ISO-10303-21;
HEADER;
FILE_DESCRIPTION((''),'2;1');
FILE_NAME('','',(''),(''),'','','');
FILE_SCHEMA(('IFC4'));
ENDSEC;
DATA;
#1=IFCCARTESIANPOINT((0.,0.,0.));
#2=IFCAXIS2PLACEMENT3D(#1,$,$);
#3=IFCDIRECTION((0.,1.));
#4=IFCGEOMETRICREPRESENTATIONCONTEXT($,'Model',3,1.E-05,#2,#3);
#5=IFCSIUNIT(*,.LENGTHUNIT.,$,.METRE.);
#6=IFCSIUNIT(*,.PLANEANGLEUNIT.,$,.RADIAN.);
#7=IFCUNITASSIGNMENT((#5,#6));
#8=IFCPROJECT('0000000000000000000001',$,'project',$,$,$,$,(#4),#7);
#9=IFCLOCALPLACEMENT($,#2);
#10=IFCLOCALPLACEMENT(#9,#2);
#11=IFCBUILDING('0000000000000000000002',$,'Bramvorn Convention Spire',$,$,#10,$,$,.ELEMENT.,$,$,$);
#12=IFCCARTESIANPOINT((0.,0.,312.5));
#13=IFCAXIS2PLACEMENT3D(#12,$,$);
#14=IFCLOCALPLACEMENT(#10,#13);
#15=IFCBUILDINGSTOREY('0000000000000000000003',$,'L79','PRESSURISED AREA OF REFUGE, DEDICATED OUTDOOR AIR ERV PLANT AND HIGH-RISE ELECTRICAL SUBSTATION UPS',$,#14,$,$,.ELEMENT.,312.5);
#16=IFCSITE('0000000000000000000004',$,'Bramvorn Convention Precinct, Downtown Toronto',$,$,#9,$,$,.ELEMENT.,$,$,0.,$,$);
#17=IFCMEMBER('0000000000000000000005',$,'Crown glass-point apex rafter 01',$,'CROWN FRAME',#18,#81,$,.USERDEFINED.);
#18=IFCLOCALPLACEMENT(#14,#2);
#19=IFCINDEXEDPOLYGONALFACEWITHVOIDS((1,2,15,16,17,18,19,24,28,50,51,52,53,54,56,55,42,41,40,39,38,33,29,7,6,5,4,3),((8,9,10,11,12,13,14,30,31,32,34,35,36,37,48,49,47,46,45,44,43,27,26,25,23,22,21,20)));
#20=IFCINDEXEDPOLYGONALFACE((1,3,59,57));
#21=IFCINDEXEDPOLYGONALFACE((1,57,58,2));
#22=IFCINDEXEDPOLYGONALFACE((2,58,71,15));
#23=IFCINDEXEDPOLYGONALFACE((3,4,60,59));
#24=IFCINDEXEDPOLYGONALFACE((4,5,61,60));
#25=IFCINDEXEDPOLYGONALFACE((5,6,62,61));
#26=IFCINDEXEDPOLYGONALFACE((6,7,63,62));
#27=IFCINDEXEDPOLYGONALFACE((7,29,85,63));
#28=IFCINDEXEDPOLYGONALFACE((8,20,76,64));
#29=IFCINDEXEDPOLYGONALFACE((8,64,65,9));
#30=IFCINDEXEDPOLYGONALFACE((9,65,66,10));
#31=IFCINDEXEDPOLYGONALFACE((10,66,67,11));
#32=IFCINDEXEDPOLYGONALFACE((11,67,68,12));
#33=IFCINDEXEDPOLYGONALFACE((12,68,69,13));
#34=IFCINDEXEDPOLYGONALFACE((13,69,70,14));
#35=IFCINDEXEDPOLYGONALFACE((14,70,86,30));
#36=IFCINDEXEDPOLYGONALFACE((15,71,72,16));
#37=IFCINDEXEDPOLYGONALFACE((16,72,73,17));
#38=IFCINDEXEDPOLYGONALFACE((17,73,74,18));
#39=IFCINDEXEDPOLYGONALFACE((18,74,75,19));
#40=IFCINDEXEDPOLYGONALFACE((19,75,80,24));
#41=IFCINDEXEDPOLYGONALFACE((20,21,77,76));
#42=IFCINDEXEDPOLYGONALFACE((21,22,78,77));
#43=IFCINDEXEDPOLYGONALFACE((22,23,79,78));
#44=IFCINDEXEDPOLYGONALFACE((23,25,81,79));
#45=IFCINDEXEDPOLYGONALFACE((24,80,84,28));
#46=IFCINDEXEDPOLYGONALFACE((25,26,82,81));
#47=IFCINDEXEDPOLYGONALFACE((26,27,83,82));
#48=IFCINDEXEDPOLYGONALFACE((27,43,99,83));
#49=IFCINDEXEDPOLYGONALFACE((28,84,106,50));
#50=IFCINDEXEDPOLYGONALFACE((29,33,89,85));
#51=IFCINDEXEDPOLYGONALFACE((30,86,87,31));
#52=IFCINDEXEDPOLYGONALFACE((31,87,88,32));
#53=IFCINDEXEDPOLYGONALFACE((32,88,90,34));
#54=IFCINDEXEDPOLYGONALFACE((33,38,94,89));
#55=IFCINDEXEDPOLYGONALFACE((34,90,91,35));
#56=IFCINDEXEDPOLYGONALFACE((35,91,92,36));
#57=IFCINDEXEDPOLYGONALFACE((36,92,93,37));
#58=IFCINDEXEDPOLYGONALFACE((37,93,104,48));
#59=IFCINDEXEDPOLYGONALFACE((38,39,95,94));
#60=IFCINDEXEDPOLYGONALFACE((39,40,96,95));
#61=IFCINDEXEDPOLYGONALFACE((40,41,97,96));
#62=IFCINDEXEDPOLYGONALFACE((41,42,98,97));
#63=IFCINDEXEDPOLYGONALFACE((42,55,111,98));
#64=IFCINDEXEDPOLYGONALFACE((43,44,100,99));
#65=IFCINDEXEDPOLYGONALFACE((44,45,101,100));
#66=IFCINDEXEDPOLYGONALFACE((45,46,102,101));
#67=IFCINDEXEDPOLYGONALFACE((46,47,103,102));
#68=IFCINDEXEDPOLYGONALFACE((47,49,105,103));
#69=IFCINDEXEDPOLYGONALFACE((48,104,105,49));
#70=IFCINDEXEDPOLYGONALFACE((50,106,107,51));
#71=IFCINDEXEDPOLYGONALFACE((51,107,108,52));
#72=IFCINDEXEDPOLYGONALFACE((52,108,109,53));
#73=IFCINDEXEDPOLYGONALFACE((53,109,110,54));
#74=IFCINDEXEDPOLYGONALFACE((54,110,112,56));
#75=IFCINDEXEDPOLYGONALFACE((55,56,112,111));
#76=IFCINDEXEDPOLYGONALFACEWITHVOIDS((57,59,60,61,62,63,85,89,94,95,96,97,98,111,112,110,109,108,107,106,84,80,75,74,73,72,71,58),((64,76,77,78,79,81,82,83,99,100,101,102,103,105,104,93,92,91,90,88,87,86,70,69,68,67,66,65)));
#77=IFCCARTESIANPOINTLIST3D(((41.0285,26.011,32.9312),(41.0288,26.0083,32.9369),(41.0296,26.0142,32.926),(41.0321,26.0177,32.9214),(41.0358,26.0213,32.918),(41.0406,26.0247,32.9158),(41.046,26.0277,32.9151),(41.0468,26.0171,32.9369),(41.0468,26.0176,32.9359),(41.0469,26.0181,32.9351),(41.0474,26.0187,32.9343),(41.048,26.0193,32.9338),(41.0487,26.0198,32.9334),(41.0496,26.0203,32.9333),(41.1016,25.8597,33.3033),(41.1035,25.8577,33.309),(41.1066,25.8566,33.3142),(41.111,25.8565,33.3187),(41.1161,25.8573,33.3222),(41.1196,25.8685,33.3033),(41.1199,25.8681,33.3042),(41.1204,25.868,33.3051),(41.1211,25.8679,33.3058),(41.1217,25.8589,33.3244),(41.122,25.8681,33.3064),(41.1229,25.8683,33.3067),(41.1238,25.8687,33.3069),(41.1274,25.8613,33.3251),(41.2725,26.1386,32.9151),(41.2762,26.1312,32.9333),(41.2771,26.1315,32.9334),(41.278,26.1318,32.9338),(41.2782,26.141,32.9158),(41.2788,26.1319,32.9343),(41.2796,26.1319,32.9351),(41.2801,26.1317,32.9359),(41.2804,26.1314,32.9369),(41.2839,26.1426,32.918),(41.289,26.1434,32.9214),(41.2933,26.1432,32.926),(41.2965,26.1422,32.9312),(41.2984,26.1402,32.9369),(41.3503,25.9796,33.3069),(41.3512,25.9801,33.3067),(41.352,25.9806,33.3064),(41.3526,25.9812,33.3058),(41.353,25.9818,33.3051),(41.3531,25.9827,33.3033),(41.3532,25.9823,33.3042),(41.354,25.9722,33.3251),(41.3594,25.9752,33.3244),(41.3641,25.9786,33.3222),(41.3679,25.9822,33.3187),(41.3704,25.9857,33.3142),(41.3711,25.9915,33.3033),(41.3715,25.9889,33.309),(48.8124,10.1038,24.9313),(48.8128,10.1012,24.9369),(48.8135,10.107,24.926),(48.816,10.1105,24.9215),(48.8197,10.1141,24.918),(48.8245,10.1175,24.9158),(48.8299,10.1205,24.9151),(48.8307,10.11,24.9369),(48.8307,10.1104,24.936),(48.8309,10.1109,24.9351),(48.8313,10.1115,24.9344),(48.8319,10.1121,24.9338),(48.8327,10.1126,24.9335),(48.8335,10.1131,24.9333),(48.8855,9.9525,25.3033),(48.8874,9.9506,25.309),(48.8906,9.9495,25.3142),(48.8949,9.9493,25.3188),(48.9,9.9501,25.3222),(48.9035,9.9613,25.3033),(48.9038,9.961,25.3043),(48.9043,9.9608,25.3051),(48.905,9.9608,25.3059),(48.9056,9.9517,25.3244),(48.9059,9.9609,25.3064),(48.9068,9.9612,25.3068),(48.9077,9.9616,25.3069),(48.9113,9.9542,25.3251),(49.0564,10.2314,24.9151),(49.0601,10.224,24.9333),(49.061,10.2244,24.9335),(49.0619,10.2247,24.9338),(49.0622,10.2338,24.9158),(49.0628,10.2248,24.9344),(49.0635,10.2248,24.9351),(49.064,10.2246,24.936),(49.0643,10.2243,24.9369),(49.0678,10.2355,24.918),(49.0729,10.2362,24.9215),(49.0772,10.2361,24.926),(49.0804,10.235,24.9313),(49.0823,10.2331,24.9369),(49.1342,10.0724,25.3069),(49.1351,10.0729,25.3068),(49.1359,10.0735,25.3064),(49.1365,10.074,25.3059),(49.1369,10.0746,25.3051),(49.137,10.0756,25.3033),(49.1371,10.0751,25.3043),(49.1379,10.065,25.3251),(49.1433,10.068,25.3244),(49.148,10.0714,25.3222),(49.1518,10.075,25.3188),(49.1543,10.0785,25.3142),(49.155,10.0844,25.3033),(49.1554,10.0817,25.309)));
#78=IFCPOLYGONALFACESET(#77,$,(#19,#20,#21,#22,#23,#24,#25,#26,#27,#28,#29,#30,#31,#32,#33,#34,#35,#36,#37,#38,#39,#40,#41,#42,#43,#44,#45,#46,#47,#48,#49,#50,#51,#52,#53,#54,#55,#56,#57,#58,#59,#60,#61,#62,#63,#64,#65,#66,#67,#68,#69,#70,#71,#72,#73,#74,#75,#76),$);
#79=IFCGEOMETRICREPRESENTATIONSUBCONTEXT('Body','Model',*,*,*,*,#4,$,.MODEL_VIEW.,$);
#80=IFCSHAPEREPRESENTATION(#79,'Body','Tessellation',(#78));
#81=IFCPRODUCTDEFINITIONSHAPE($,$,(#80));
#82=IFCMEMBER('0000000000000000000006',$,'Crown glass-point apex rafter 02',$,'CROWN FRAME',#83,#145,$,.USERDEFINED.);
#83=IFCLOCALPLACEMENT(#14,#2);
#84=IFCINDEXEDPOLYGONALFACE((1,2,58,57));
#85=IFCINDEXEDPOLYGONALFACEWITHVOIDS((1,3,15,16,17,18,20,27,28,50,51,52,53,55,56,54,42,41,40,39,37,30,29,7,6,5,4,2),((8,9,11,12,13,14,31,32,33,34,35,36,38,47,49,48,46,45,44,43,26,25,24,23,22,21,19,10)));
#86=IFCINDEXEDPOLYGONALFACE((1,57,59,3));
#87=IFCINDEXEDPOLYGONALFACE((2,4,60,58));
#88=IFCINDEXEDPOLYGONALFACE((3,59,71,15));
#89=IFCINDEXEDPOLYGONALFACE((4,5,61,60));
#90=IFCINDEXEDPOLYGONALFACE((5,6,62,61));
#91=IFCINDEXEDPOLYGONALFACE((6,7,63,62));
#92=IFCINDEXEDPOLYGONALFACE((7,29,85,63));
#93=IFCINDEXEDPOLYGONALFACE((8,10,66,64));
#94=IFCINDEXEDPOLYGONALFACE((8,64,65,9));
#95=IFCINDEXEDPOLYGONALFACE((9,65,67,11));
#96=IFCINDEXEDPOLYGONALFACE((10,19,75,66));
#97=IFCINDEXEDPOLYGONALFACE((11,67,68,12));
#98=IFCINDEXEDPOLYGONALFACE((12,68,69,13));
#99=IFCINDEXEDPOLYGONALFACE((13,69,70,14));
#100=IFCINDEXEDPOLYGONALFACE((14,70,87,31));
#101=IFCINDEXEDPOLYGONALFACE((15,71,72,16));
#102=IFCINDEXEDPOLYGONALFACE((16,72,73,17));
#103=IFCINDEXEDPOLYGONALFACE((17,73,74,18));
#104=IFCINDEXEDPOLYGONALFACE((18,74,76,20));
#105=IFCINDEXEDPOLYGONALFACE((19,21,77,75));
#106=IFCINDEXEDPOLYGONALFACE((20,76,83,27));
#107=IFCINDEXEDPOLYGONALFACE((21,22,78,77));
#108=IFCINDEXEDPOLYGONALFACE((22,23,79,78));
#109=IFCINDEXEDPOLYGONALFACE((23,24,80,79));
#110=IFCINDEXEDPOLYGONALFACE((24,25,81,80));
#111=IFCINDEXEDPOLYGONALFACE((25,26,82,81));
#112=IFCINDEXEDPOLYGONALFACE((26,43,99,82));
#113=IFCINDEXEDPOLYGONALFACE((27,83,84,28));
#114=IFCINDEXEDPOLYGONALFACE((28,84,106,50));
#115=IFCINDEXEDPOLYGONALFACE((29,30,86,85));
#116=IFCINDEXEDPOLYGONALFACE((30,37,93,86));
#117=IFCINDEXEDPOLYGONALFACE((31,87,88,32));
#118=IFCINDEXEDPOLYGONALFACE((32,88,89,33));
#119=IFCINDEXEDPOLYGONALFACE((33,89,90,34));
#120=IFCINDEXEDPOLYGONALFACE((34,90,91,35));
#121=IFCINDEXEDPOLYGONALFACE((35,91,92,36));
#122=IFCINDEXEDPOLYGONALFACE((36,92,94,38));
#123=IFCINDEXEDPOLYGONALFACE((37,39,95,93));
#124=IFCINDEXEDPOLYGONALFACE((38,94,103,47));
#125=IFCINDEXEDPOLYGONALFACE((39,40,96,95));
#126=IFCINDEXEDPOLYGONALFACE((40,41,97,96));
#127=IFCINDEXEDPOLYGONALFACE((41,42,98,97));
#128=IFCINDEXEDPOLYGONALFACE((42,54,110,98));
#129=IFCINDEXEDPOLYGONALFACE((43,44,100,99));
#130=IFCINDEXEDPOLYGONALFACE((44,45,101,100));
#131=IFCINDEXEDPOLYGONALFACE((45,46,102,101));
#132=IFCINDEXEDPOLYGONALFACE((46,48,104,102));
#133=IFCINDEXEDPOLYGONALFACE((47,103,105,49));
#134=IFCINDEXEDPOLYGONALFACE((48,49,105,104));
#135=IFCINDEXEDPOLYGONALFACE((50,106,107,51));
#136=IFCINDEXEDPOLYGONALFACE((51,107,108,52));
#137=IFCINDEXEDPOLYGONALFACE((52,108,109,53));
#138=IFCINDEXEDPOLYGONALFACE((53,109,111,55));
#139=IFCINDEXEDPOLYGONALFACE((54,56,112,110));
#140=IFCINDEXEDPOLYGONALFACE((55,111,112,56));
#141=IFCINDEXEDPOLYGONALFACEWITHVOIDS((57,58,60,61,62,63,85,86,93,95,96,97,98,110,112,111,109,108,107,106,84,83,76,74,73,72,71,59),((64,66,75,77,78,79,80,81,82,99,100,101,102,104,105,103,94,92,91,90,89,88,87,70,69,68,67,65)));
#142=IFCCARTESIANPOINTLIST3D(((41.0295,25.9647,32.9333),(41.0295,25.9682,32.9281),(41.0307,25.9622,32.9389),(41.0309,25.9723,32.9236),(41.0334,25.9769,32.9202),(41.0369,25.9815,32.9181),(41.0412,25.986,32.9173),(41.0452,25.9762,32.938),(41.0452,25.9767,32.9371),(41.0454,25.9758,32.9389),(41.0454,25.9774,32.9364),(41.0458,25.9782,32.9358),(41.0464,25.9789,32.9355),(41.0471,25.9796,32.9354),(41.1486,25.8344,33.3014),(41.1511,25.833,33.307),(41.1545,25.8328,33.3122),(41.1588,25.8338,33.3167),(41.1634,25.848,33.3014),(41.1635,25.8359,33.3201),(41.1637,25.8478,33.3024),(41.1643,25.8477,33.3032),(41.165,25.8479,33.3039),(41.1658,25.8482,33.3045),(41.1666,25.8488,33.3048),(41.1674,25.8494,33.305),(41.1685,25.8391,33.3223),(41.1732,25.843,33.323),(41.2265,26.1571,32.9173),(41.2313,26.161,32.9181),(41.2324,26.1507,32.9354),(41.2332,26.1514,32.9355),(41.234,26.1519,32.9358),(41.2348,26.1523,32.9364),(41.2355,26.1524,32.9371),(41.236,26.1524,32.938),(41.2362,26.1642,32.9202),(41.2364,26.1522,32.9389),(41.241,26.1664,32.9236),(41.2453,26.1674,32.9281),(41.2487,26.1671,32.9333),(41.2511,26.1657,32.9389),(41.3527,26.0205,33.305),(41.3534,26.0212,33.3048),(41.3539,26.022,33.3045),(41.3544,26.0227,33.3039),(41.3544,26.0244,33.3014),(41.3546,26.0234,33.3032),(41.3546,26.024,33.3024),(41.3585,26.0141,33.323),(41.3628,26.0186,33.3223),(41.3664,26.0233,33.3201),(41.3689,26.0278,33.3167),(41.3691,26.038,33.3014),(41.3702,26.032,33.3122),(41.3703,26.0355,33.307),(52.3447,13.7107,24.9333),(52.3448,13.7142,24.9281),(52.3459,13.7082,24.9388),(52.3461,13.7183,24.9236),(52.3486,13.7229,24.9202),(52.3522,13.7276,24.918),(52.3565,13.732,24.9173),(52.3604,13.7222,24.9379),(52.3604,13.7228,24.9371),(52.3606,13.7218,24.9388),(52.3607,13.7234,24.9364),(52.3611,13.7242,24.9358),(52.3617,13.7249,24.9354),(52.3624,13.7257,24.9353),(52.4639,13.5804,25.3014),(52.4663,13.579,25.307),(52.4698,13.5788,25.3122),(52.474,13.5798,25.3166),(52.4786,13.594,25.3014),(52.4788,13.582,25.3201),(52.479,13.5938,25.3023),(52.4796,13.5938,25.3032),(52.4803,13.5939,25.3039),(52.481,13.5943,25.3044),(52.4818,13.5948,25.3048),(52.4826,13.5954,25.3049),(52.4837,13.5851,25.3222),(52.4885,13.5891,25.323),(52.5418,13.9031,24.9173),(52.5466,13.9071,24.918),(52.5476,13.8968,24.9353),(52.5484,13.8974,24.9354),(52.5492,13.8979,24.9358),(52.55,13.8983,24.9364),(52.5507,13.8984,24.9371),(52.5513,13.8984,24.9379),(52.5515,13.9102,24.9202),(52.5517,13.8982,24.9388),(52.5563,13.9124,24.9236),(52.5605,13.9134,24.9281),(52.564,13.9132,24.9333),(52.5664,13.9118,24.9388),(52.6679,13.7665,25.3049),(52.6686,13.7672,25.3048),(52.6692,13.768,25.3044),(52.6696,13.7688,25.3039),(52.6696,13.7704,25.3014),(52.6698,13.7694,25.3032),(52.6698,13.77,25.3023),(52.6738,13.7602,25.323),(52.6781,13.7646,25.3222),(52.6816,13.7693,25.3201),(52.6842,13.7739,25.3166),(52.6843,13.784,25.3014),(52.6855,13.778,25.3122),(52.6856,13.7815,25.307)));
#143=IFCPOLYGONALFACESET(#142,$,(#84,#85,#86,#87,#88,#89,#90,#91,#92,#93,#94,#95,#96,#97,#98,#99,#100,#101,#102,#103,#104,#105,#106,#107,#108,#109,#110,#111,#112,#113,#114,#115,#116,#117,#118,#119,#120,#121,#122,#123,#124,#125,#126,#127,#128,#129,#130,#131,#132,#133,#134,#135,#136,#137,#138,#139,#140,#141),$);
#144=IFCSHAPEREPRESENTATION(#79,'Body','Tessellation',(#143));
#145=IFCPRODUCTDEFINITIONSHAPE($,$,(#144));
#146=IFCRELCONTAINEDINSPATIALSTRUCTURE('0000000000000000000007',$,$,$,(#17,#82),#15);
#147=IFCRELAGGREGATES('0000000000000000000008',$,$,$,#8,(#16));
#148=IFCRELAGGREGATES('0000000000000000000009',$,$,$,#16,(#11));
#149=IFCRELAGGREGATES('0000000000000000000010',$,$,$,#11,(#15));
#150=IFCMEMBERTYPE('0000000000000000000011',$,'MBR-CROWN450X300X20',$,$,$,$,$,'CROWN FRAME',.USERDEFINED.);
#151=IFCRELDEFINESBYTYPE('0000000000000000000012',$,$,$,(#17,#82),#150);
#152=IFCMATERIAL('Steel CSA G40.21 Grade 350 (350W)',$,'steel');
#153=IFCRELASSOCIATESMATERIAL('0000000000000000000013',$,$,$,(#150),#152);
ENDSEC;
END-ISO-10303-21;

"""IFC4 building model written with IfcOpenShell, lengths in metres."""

from ifc_helpers import new_model, si_unit, direction, frame, origin, origin_2d, place, context, subcontext, project, spatial, hollow_rectangle, extrude, material, material_profile, profile_set, type_object, element, save


model = new_model("IFC4")

# Units and contexts
model_context = context("Model", 3, precision=1e-05, world=origin(), true_north=direction((0.0, 1.0)))
body_context = subcontext(model_context, "Body", "Model", "MODEL_VIEW")
ifc_project = project(units=[si_unit("LENGTHUNIT", "METRE"), si_unit("PLANEANGLEUNIT", "RADIAN")], contexts=[model_context])

# Site, building, storey
site_placement = place(None, origin())
site = spatial("IfcSite", under=ifc_project, at=site_placement, Name="Bramvorn Convention Precinct, Downtown Toronto", CompositionType="ELEMENT", RefElevation=0.0)
building_placement = place(site_placement, origin())
building = spatial("IfcBuilding", under=site, at=building_placement, Name="Bramvorn Convention Spire", CompositionType="ELEMENT")
storey_placement = place(building_placement, frame((0.0, 0.0, 312.5)))
storey = spatial("IfcBuildingStorey", under=building, at=storey_placement, Name="L79", Description="PRESSURISED AREA OF REFUGE, DEDICATED OUTDOOR AIR ERV PLANT AND HIGH-RISE ELECTRICAL SUBSTATION UPS", CompositionType="ELEMENT", Elevation=312.5)

# Members
ifc_material_1 = material(Name="Steel CSA G40.21 Grade 350 (350W)", Category="steel")
ifc_material_profile = material_profile(ifc_material_1, hollow_rectangle(XDim=0.3, YDim=0.45, WallThickness=0.02, InnerFilletRadius=0.0039, OuterFilletRadius=0.0239, at=origin_2d()))
ifc_profile_set = profile_set([ifc_material_profile], Name="Steel CSA G40.21 Grade 350 (350W) - CROWN450X300X20")
member_type = type_object("IfcMemberType", Name="MBR-CROWN450X300X20", ElementType="CROWN FRAME", PredefinedType="USERDEFINED", material=ifc_profile_set)
member_1_placement = place(storey_placement, frame((48.9839, 10.0928, 25.1201), z_axis=(-0.400559, 0.818581, 0.411677), x_axis=(-0.898227, -0.439532, 0.0)))
element("IfcMember", 1, at=member_1_placement, inside=storey, type_object=member_type, Name="Crown glass-point apex rafter 01", ObjectType="CROWN FRAME", PredefinedType="USERDEFINED", context=body_context, shape_type="SweptSolid", body=[
    extrude(hollow_rectangle(XDim=0.3, YDim=0.45, WallThickness=0.02, InnerFilletRadius=0.0039, OuterFilletRadius=0.0239, at=origin_2d()), origin(), (0.0, 0.0, 1.0), 19.4326),
])
member_2_placement = place(storey_placement, frame((52.5151, 13.7461, 25.1201), z_axis=(-0.611684, 0.66243, 0.432469), x_axis=(-0.734687, -0.678406, 0.0)))
element("IfcMember", 2, at=member_2_placement, inside=storey, type_object=member_type, Name="Crown glass-point apex rafter 02", ObjectType="CROWN FRAME", PredefinedType="USERDEFINED", context=body_context, shape_type="SweptSolid", body=[
    extrude(hollow_rectangle(XDim=0.3, YDim=0.45, WallThickness=0.02, InnerFilletRadius=0.0039, OuterFilletRadius=0.0239, at=origin_2d()), origin(), (0.0, 0.0, 1.0), 18.4985),
])

save(model, "model.ifc")
